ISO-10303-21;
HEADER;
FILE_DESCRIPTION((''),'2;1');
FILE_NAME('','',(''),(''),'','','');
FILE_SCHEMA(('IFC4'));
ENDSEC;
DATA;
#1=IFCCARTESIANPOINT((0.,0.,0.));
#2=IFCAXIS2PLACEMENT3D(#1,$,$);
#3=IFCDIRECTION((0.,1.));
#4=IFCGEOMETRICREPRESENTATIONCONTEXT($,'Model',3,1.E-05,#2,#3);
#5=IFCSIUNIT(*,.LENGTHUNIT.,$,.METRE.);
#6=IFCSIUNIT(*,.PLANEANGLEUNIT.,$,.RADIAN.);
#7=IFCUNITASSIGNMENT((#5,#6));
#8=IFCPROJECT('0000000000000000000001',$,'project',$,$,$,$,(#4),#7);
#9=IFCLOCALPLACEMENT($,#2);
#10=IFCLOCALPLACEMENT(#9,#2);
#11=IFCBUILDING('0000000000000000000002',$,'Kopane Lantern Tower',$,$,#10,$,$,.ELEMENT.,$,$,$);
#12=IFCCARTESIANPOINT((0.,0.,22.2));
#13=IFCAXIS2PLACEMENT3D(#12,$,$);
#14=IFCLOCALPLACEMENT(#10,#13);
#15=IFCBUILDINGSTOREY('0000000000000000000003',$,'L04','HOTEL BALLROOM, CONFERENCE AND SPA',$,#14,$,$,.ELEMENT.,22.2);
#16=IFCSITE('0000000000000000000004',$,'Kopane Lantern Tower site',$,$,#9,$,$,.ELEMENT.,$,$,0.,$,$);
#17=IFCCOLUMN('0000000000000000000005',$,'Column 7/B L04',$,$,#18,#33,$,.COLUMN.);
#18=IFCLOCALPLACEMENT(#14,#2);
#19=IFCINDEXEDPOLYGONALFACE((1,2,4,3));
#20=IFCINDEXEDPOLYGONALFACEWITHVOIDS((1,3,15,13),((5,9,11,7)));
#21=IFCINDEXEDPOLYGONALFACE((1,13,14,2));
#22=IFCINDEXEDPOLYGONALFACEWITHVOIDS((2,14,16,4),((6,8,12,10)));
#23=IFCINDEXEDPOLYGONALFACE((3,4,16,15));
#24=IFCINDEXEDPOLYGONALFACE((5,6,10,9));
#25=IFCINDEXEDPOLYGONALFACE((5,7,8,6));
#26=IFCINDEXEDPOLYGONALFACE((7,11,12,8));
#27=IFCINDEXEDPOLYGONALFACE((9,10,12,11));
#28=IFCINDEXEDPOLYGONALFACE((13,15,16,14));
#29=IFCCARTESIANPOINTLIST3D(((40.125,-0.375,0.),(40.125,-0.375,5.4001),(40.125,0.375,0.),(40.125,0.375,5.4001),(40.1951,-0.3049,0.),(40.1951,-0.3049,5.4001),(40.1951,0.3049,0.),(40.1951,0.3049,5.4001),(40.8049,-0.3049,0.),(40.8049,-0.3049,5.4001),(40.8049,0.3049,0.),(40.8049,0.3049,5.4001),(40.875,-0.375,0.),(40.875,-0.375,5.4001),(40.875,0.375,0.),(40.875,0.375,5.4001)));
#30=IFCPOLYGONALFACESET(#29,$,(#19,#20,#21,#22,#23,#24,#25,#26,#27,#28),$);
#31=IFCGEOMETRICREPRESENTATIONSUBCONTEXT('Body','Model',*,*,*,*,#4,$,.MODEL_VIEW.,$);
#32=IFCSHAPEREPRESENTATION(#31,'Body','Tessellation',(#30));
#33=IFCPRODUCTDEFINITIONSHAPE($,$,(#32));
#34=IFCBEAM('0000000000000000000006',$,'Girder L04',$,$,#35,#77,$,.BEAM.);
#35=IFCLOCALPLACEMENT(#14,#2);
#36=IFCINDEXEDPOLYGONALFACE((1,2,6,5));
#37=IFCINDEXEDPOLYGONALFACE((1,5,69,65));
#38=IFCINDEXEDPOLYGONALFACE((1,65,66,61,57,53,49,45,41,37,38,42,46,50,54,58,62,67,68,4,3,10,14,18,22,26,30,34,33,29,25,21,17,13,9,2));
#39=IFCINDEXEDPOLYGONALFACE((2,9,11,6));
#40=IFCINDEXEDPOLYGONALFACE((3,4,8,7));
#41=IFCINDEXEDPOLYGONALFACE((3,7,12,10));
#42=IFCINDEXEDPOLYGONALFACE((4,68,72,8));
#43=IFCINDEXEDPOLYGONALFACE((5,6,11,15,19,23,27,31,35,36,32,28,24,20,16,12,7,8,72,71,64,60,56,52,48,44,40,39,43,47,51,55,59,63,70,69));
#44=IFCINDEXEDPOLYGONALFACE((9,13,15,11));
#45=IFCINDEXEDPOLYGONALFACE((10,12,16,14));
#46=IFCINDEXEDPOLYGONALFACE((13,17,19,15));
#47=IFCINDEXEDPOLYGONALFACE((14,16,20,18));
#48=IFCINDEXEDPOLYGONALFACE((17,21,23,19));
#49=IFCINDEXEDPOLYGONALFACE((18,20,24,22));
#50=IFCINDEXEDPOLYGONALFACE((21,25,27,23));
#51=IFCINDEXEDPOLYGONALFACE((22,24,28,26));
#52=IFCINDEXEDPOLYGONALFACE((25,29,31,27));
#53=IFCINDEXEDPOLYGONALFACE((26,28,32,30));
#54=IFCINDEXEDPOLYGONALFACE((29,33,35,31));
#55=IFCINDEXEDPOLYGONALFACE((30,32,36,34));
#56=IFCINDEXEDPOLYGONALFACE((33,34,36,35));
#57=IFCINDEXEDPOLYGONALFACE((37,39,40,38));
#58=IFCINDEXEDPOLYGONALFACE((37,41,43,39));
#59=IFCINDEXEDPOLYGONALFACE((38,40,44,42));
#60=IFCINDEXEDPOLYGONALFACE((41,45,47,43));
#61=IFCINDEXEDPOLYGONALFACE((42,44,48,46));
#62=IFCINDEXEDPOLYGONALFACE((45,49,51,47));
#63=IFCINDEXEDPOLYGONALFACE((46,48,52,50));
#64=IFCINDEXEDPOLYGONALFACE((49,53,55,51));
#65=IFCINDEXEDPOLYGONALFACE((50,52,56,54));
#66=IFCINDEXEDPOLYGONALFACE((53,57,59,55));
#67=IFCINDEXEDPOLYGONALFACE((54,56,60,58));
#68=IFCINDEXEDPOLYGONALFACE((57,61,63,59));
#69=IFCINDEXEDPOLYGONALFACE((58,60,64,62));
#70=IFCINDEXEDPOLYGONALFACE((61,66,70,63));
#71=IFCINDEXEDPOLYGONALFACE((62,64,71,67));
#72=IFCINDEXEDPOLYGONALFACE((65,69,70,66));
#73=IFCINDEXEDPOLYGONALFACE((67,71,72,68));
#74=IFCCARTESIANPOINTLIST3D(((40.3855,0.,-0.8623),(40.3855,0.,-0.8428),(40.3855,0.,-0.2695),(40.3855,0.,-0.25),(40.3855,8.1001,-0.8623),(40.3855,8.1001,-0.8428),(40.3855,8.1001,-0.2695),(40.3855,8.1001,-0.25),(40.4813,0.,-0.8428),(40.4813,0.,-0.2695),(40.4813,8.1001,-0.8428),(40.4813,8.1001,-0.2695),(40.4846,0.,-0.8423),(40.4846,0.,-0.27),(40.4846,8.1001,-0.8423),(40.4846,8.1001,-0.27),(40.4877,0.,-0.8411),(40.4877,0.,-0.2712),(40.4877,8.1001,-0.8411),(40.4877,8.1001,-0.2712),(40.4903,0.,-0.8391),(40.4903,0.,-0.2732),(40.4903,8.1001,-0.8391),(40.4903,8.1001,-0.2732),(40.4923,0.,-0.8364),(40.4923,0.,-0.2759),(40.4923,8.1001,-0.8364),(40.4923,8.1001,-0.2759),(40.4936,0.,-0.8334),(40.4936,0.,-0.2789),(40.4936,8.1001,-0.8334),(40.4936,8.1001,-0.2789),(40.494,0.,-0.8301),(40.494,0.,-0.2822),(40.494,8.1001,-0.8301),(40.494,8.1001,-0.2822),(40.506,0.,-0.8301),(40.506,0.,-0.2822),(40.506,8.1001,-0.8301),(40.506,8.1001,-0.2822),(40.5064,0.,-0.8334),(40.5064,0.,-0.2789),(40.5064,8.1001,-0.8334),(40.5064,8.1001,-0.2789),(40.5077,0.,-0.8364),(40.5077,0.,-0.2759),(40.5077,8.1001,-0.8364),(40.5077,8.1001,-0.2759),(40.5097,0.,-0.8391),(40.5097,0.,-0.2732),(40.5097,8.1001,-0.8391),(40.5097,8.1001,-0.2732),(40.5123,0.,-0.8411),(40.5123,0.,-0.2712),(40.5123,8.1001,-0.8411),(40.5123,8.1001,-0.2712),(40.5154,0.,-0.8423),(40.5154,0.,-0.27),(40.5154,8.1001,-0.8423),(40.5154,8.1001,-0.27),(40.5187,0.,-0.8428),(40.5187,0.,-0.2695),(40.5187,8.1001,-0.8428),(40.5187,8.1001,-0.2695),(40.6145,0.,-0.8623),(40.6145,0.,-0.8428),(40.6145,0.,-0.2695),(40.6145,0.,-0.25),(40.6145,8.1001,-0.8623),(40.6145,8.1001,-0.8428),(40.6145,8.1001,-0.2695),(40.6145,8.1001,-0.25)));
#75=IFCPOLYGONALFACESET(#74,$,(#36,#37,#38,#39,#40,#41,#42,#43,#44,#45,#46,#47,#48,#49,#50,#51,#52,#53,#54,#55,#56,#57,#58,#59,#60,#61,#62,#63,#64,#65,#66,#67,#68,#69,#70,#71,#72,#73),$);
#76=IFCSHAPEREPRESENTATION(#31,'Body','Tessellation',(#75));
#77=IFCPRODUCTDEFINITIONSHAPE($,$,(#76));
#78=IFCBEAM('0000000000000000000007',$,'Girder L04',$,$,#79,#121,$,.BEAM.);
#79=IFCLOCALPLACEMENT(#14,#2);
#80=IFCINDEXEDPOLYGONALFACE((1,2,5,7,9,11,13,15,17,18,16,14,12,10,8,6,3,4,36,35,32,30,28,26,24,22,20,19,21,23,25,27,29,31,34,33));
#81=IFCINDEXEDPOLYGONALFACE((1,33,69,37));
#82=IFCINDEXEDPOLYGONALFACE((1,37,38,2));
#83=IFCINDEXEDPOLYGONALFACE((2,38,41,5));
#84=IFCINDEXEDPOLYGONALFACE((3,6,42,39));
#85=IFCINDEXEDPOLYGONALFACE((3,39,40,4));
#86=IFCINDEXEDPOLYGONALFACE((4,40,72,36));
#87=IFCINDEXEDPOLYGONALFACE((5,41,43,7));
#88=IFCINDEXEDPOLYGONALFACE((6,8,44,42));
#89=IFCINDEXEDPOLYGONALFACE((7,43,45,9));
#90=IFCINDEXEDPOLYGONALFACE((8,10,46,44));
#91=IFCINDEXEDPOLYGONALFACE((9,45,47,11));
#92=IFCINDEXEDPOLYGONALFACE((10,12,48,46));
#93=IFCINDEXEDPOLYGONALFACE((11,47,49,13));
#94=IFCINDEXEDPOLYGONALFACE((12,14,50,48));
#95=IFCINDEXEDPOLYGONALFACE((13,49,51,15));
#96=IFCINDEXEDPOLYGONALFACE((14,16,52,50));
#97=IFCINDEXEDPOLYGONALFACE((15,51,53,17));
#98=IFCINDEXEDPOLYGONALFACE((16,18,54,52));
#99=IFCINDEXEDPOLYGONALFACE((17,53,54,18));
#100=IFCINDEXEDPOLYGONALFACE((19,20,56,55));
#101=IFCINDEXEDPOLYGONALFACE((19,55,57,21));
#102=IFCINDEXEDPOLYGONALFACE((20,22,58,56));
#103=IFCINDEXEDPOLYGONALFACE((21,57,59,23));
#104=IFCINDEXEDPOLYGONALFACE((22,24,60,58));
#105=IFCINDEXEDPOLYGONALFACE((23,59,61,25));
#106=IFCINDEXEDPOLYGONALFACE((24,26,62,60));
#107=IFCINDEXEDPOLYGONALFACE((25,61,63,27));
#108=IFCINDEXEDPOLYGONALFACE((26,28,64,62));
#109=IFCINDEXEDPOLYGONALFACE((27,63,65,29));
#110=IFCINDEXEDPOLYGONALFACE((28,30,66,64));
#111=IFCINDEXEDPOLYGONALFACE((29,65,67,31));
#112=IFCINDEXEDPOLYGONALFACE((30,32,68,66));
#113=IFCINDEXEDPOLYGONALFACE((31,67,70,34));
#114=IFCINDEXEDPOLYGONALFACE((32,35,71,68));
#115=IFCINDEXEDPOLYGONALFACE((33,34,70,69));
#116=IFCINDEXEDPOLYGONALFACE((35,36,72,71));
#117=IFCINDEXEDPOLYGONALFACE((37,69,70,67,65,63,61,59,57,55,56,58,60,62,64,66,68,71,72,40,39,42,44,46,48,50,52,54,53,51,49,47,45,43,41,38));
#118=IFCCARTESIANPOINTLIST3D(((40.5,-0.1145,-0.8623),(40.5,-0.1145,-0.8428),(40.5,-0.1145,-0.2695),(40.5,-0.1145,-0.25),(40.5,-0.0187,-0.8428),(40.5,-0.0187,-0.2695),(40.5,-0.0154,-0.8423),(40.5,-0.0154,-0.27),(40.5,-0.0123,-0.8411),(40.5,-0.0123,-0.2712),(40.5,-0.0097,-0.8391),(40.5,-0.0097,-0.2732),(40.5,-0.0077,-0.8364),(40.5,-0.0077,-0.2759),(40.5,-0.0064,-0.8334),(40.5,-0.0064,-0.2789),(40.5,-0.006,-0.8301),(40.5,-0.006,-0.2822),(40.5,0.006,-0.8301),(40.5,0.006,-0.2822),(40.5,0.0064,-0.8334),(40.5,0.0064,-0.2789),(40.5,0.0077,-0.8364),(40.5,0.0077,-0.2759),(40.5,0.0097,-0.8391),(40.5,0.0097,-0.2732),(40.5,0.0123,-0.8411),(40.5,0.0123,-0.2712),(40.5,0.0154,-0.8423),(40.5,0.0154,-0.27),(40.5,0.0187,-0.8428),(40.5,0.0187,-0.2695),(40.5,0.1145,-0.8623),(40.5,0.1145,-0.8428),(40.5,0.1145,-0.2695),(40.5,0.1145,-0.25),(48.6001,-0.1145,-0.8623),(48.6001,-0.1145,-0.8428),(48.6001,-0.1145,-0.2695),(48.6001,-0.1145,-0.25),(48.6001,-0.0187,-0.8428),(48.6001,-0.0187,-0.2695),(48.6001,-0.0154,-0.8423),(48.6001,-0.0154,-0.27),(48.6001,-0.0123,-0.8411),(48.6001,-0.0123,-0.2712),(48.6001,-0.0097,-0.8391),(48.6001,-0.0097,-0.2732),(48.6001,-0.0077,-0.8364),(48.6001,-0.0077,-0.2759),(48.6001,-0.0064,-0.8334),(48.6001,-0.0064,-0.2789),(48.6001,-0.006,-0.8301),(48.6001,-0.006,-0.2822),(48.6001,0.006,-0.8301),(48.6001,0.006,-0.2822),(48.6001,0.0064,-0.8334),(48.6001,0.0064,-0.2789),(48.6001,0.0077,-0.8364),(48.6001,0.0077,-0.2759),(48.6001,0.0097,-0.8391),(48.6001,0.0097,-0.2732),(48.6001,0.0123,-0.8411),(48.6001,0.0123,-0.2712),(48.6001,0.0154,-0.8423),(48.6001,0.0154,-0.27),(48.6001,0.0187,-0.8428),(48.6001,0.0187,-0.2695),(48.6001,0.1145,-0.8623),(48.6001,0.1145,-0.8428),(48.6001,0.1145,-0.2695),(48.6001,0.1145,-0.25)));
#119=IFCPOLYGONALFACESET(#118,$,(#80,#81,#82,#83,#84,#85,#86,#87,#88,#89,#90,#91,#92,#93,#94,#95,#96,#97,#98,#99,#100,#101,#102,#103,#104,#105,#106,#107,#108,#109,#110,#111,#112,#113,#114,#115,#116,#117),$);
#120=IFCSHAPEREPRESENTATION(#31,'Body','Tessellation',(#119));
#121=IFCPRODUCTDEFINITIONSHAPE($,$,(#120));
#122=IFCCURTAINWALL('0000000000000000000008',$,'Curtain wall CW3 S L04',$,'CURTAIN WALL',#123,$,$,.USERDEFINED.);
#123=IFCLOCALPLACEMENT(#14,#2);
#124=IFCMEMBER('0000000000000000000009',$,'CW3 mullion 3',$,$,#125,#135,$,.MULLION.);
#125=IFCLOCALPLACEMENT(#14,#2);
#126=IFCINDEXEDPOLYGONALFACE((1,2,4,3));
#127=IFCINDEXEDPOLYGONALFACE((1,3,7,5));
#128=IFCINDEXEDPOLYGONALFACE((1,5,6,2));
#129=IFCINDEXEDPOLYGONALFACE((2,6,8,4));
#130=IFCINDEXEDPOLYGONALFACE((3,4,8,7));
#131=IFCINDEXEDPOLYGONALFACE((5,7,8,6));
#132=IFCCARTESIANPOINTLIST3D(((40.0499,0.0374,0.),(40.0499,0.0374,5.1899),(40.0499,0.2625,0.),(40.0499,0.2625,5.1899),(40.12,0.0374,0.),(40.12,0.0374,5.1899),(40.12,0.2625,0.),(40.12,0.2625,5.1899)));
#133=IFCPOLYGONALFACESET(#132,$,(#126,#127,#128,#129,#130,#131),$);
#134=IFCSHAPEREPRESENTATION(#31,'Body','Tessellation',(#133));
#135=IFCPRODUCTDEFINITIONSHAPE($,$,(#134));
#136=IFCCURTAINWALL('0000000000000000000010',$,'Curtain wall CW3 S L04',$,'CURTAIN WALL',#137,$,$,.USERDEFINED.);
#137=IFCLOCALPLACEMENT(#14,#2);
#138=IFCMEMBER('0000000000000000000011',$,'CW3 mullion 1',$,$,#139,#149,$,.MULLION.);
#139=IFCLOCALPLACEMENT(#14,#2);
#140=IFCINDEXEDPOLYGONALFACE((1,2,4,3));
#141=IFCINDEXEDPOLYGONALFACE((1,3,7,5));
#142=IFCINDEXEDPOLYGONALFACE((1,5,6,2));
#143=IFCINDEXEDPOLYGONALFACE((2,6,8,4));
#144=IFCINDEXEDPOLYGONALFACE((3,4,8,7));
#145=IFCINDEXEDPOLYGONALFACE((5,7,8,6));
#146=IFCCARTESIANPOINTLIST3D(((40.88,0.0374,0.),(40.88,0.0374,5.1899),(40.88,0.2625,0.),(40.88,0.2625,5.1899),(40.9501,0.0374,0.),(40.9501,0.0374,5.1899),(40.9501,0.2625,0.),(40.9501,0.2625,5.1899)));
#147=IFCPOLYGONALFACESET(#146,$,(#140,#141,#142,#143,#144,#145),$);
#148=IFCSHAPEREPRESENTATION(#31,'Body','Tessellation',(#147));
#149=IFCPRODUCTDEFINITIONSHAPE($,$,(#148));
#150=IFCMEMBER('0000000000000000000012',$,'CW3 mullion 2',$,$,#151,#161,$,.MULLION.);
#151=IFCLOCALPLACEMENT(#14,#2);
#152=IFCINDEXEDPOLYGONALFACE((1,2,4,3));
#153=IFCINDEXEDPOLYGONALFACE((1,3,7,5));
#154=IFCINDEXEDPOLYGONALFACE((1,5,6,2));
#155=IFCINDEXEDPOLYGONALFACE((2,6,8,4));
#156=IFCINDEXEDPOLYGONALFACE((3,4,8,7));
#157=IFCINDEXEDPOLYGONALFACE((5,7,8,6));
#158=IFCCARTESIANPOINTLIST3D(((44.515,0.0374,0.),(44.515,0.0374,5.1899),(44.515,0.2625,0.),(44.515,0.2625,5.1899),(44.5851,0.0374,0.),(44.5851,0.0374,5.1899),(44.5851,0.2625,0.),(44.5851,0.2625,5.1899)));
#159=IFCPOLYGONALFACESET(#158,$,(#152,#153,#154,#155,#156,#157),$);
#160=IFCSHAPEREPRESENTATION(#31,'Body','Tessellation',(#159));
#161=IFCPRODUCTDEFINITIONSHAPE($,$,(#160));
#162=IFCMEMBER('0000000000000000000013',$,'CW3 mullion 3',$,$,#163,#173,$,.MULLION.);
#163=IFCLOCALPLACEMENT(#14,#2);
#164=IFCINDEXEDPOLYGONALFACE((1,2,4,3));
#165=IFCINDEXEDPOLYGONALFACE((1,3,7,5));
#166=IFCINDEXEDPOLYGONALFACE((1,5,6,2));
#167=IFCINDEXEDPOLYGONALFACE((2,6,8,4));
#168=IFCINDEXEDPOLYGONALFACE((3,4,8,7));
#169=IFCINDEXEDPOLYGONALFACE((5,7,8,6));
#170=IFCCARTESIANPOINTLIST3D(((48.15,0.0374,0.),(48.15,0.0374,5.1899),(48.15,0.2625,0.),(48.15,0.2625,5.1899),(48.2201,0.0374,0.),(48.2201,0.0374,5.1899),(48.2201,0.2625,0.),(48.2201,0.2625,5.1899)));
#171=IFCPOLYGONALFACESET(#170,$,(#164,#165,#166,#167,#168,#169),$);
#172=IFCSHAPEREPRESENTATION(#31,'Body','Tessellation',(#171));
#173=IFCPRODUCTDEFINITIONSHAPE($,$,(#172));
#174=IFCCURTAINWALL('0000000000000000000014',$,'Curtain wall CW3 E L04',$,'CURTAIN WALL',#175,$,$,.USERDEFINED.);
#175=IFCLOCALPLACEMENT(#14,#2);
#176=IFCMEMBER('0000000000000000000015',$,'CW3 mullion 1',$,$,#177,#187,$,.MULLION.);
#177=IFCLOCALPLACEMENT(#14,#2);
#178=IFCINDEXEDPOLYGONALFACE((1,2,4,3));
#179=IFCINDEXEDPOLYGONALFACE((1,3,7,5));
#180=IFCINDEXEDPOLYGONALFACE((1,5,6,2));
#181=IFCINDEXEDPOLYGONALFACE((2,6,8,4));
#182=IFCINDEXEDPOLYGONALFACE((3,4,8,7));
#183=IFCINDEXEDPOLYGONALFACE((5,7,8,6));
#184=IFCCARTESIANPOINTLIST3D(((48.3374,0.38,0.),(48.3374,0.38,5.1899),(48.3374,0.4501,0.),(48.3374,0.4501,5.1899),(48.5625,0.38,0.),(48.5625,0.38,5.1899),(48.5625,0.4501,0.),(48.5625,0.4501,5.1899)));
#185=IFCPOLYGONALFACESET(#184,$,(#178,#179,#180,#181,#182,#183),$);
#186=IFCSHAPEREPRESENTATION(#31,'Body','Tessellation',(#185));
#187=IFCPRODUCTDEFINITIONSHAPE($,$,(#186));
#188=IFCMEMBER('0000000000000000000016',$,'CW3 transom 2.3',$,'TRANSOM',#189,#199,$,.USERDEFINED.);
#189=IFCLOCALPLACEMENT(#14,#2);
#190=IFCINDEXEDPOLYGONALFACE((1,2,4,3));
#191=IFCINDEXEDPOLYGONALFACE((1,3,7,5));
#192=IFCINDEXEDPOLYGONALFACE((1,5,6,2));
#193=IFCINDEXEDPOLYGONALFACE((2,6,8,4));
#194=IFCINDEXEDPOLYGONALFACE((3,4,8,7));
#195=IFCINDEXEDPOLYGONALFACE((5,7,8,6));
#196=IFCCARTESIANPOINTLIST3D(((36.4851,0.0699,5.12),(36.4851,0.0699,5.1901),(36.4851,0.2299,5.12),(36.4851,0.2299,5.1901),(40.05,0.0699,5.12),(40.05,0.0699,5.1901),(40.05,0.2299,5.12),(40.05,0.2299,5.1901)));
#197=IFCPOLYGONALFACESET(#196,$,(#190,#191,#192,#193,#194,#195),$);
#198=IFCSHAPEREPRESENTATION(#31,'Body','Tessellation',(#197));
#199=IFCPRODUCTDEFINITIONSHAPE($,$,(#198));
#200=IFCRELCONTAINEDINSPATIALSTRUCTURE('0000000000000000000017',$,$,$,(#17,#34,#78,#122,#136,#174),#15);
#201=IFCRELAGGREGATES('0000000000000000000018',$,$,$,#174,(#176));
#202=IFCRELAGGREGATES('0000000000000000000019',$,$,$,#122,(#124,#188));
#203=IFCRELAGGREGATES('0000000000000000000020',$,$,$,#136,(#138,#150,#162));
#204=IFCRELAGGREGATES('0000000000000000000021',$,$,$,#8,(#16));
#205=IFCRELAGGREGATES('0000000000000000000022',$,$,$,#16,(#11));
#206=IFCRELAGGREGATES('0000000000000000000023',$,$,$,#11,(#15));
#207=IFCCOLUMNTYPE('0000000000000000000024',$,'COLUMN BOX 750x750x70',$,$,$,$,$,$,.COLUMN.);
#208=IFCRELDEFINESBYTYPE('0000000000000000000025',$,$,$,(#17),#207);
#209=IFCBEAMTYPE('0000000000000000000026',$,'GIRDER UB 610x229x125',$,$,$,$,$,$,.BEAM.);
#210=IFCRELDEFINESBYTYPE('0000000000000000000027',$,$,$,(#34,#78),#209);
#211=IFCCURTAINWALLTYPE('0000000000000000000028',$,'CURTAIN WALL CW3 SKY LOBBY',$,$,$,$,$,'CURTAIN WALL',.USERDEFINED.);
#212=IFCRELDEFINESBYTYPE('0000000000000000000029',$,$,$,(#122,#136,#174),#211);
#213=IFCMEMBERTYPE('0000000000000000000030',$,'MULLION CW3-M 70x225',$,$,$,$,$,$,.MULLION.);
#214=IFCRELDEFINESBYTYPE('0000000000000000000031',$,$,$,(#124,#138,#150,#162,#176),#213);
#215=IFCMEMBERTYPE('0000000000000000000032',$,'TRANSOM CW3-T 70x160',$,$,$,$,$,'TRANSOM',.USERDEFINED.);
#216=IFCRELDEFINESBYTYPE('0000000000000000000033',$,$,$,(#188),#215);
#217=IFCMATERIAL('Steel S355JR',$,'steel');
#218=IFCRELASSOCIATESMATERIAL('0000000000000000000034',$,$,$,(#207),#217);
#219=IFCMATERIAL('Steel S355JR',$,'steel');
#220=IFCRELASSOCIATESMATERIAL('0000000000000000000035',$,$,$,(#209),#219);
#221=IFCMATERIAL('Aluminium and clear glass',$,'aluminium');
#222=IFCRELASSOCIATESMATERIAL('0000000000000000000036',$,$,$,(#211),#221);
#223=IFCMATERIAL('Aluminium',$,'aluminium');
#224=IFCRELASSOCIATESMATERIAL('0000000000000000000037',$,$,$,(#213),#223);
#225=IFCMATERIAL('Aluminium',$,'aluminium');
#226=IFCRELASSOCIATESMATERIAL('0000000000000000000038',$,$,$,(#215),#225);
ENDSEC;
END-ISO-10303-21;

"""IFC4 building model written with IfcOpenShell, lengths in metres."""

from ifc_helpers import new_model, si_unit, direction, frame, origin, origin_2d, place, context, subcontext, project, spatial, rectangle, hollow_rectangle, i_section, extrude, material, material_profile, profile_set, type_object, element, aggregate, save


model = new_model("IFC4")

# Units and contexts
model_context = context("Model", 3, precision=1e-05, world=origin(), true_north=direction((0.0, 1.0)))
body_context = subcontext(model_context, "Body", "Model", "MODEL_VIEW")
ifc_project = project(units=[si_unit("LENGTHUNIT", "METRE"), si_unit("PLANEANGLEUNIT", "RADIAN")], contexts=[model_context])

# Site, building, storey
site_placement = place(None, origin())
site = spatial("IfcSite", under=ifc_project, at=site_placement, Name="Kopane Lantern Tower site", CompositionType="ELEMENT", RefElevation=0.0)
building_placement = place(site_placement, origin())
building = spatial("IfcBuilding", under=site, at=building_placement, Name="Kopane Lantern Tower", CompositionType="ELEMENT")
storey_placement = place(building_placement, frame((0.0, 0.0, 22.2)))
storey = spatial("IfcBuildingStorey", under=building, at=storey_placement, Name="L04", Description="HOTEL BALLROOM, CONFERENCE AND SPA", CompositionType="ELEMENT", Elevation=22.2)

# Column
ifc_material_1 = material(Name="Steel S355JR", Category="steel")
ifc_material_profile_1 = material_profile(ifc_material_1, hollow_rectangle(XDim=0.75, YDim=0.75, WallThickness=0.0701, at=origin_2d()), Name="BOX 750x750x70")
ifc_profile_set_1 = profile_set([ifc_material_profile_1], Name="Steel S355JR")
column_type = type_object("IfcColumnType", Name="COLUMN BOX 750x750x70", PredefinedType="COLUMN", material=ifc_profile_set_1)
column_placement = place(storey_placement, frame((40.5, 0.0, 0.0), z_axis=(0.0, 0.0, 1.0), x_axis=(1.0, 0.0, 0.0)))
element("IfcColumn", 1, at=column_placement, inside=storey, type_object=column_type, Name="Column 7/B L04", PredefinedType="COLUMN", context=body_context, shape_type="SweptSolid", body=[
    extrude(hollow_rectangle(XDim=0.75, YDim=0.75, WallThickness=0.0701, at=origin_2d()), origin(), (0.0, 0.0, 1.0), 5.4001),
])

# Beams
ifc_material_2 = material(Name="Steel S355JR", Category="steel")
ifc_material_profile_2 = material_profile(ifc_material_2, i_section(OverallWidth=0.229, OverallDepth=0.6123, WebThickness=0.012, FlangeThickness=0.0195, FilletRadius=0.0127, at=origin_2d()), Name="UB 610x229x125")
ifc_profile_set_2 = profile_set([ifc_material_profile_2], Name="Steel S355JR")
beam_type = type_object("IfcBeamType", Name="GIRDER UB 610x229x125", PredefinedType="BEAM", material=ifc_profile_set_2)
for number, where, z_axis, x_axis, name in (
    (2, (40.5, 0.0, -0.5562), (0.0, 1.0, 0.0), (-1.0, 0.0, 0.0), "Girder L04"),
    (3, (40.5, 0.0, -0.5562), (1.0, 0.0, 0.0), (0.0, 1.0, 0.0), "Girder L04"),
):
    element("IfcBeam", number, at=place(storey_placement, frame(where, z_axis=z_axis, x_axis=x_axis)), inside=storey, type_object=beam_type, Name=name, PredefinedType="BEAM", context=body_context, shape_type="SweptSolid", body=[
        extrude(i_section(OverallWidth=0.229, OverallDepth=0.6123, WebThickness=0.012, FlangeThickness=0.0195, FilletRadius=0.0127, at=origin_2d()), origin(), (0.0, 0.0, 1.0), 8.1001),
    ])

# Curtain wall, member
ifc_material_3 = material(Name="Aluminium and clear glass", Category="aluminium")
curtain_wall_type = type_object("IfcCurtainWallType", Name="CURTAIN WALL CW3 SKY LOBBY", ElementType="CURTAIN WALL", PredefinedType="USERDEFINED", material=ifc_material_3)
curtain_wall_1_placement = place(storey_placement, origin())
curtain_wall_1 = element("IfcCurtainWall", 4, at=curtain_wall_1_placement, inside=storey, type_object=curtain_wall_type, Name="Curtain wall CW3 S L04", ObjectType="CURTAIN WALL", PredefinedType="USERDEFINED")
ifc_material_4 = material(Name="Aluminium", Category="aluminium")
ifc_material_profile_3 = material_profile(ifc_material_4, rectangle(XDim=0.0701, YDim=0.2251, at=origin_2d()), Name="AL 70x225")
ifc_profile_set_3 = profile_set([ifc_material_profile_3], Name="Aluminium")
member_type_1 = type_object("IfcMemberType", Name="MULLION CW3-M 70x225", PredefinedType="MULLION", material=ifc_profile_set_3)
member_1_placement = place(storey_placement, frame((40.085, 0.1499, 0.0), z_axis=(0.0, 0.0, 1.0), x_axis=(1.0, 0.0, 0.0)))
member_1 = element("IfcMember", 5, at=member_1_placement, type_object=member_type_1, Name="CW3 mullion 3", PredefinedType="MULLION", context=body_context, shape_type="SweptSolid", body=[
    extrude(rectangle(XDim=0.0701, YDim=0.2251, at=origin_2d()), origin(), (0.0, 0.0, 1.0), 5.1899),
])

# Curtain wall, members
curtain_wall_2_placement = place(storey_placement, origin())
curtain_wall_2 = element("IfcCurtainWall", 6, at=curtain_wall_2_placement, inside=storey, type_object=curtain_wall_type, Name="Curtain wall CW3 S L04", ObjectType="CURTAIN WALL", PredefinedType="USERDEFINED")
member_2_placement = place(storey_placement, frame((40.915, 0.1499, 0.0), z_axis=(0.0, 0.0, 1.0), x_axis=(1.0, 0.0, 0.0)))
member_2 = element("IfcMember", 7, at=member_2_placement, type_object=member_type_1, Name="CW3 mullion 1", PredefinedType="MULLION", context=body_context, shape_type="SweptSolid", body=[
    extrude(rectangle(XDim=0.0701, YDim=0.2251, at=origin_2d()), origin(), (0.0, 0.0, 1.0), 5.1899),
])
member_3_placement = place(storey_placement, frame((44.55, 0.1499, 0.0), z_axis=(0.0, 0.0, 1.0), x_axis=(1.0, 0.0, 0.0)))
member_3 = element("IfcMember", 8, at=member_3_placement, type_object=member_type_1, Name="CW3 mullion 2", PredefinedType="MULLION", context=body_context, shape_type="SweptSolid", body=[
    extrude(rectangle(XDim=0.0701, YDim=0.2251, at=origin_2d()), origin(), (0.0, 0.0, 1.0), 5.1899),
])
member_4_placement = place(storey_placement, frame((48.1851, 0.1499, 0.0), z_axis=(0.0, 0.0, 1.0), x_axis=(1.0, 0.0, 0.0)))
member_4 = element("IfcMember", 9, at=member_4_placement, type_object=member_type_1, Name="CW3 mullion 3", PredefinedType="MULLION", context=body_context, shape_type="SweptSolid", body=[
    extrude(rectangle(XDim=0.0701, YDim=0.2251, at=origin_2d()), origin(), (0.0, 0.0, 1.0), 5.1899),
])

# Curtain wall, member
curtain_wall_3_placement = place(storey_placement, origin())
curtain_wall_3 = element("IfcCurtainWall", 10, at=curtain_wall_3_placement, inside=storey, type_object=curtain_wall_type, Name="Curtain wall CW3 E L04", ObjectType="CURTAIN WALL", PredefinedType="USERDEFINED")
member_5_placement = place(storey_placement, frame((48.45, 0.415, 0.0), z_axis=(0.0, 0.0, 1.0), x_axis=(0.0, 1.0, 0.0)))
member_5 = element("IfcMember", 11, at=member_5_placement, type_object=member_type_1, Name="CW3 mullion 1", PredefinedType="MULLION", context=body_context, shape_type="SweptSolid", body=[
    extrude(rectangle(XDim=0.0701, YDim=0.2251, at=origin_2d()), origin(), (0.0, 0.0, 1.0), 5.1899),
])
aggregate(curtain_wall_3, [member_5])

# Member
ifc_material_5 = material(Name="Aluminium", Category="aluminium")
ifc_material_profile_4 = material_profile(ifc_material_5, rectangle(XDim=0.1599, YDim=0.0701, at=origin_2d()), Name="AL 160x70")
ifc_profile_set_4 = profile_set([ifc_material_profile_4], Name="Aluminium")
member_type_2 = type_object("IfcMemberType", Name="TRANSOM CW3-T 70x160", ElementType="TRANSOM", PredefinedType="USERDEFINED", material=ifc_profile_set_4)
member_6_placement = place(storey_placement, frame((36.4851, 0.1499, 5.155), z_axis=(1.0, 0.0, 0.0), x_axis=(0.0, 1.0, 0.0)))
member_6 = element("IfcMember", 12, at=member_6_placement, type_object=member_type_2, Name="CW3 transom 2.3", ObjectType="TRANSOM", PredefinedType="USERDEFINED", context=body_context, shape_type="SweptSolid", body=[
    extrude(rectangle(XDim=0.1599, YDim=0.0701, at=origin_2d()), origin(), (0.0, 0.0, 1.0), 3.5649),
])

aggregate(curtain_wall_1, [member_1, member_6])
aggregate(curtain_wall_2, [member_2, member_3, member_4])

save(model, "model.ifc")
